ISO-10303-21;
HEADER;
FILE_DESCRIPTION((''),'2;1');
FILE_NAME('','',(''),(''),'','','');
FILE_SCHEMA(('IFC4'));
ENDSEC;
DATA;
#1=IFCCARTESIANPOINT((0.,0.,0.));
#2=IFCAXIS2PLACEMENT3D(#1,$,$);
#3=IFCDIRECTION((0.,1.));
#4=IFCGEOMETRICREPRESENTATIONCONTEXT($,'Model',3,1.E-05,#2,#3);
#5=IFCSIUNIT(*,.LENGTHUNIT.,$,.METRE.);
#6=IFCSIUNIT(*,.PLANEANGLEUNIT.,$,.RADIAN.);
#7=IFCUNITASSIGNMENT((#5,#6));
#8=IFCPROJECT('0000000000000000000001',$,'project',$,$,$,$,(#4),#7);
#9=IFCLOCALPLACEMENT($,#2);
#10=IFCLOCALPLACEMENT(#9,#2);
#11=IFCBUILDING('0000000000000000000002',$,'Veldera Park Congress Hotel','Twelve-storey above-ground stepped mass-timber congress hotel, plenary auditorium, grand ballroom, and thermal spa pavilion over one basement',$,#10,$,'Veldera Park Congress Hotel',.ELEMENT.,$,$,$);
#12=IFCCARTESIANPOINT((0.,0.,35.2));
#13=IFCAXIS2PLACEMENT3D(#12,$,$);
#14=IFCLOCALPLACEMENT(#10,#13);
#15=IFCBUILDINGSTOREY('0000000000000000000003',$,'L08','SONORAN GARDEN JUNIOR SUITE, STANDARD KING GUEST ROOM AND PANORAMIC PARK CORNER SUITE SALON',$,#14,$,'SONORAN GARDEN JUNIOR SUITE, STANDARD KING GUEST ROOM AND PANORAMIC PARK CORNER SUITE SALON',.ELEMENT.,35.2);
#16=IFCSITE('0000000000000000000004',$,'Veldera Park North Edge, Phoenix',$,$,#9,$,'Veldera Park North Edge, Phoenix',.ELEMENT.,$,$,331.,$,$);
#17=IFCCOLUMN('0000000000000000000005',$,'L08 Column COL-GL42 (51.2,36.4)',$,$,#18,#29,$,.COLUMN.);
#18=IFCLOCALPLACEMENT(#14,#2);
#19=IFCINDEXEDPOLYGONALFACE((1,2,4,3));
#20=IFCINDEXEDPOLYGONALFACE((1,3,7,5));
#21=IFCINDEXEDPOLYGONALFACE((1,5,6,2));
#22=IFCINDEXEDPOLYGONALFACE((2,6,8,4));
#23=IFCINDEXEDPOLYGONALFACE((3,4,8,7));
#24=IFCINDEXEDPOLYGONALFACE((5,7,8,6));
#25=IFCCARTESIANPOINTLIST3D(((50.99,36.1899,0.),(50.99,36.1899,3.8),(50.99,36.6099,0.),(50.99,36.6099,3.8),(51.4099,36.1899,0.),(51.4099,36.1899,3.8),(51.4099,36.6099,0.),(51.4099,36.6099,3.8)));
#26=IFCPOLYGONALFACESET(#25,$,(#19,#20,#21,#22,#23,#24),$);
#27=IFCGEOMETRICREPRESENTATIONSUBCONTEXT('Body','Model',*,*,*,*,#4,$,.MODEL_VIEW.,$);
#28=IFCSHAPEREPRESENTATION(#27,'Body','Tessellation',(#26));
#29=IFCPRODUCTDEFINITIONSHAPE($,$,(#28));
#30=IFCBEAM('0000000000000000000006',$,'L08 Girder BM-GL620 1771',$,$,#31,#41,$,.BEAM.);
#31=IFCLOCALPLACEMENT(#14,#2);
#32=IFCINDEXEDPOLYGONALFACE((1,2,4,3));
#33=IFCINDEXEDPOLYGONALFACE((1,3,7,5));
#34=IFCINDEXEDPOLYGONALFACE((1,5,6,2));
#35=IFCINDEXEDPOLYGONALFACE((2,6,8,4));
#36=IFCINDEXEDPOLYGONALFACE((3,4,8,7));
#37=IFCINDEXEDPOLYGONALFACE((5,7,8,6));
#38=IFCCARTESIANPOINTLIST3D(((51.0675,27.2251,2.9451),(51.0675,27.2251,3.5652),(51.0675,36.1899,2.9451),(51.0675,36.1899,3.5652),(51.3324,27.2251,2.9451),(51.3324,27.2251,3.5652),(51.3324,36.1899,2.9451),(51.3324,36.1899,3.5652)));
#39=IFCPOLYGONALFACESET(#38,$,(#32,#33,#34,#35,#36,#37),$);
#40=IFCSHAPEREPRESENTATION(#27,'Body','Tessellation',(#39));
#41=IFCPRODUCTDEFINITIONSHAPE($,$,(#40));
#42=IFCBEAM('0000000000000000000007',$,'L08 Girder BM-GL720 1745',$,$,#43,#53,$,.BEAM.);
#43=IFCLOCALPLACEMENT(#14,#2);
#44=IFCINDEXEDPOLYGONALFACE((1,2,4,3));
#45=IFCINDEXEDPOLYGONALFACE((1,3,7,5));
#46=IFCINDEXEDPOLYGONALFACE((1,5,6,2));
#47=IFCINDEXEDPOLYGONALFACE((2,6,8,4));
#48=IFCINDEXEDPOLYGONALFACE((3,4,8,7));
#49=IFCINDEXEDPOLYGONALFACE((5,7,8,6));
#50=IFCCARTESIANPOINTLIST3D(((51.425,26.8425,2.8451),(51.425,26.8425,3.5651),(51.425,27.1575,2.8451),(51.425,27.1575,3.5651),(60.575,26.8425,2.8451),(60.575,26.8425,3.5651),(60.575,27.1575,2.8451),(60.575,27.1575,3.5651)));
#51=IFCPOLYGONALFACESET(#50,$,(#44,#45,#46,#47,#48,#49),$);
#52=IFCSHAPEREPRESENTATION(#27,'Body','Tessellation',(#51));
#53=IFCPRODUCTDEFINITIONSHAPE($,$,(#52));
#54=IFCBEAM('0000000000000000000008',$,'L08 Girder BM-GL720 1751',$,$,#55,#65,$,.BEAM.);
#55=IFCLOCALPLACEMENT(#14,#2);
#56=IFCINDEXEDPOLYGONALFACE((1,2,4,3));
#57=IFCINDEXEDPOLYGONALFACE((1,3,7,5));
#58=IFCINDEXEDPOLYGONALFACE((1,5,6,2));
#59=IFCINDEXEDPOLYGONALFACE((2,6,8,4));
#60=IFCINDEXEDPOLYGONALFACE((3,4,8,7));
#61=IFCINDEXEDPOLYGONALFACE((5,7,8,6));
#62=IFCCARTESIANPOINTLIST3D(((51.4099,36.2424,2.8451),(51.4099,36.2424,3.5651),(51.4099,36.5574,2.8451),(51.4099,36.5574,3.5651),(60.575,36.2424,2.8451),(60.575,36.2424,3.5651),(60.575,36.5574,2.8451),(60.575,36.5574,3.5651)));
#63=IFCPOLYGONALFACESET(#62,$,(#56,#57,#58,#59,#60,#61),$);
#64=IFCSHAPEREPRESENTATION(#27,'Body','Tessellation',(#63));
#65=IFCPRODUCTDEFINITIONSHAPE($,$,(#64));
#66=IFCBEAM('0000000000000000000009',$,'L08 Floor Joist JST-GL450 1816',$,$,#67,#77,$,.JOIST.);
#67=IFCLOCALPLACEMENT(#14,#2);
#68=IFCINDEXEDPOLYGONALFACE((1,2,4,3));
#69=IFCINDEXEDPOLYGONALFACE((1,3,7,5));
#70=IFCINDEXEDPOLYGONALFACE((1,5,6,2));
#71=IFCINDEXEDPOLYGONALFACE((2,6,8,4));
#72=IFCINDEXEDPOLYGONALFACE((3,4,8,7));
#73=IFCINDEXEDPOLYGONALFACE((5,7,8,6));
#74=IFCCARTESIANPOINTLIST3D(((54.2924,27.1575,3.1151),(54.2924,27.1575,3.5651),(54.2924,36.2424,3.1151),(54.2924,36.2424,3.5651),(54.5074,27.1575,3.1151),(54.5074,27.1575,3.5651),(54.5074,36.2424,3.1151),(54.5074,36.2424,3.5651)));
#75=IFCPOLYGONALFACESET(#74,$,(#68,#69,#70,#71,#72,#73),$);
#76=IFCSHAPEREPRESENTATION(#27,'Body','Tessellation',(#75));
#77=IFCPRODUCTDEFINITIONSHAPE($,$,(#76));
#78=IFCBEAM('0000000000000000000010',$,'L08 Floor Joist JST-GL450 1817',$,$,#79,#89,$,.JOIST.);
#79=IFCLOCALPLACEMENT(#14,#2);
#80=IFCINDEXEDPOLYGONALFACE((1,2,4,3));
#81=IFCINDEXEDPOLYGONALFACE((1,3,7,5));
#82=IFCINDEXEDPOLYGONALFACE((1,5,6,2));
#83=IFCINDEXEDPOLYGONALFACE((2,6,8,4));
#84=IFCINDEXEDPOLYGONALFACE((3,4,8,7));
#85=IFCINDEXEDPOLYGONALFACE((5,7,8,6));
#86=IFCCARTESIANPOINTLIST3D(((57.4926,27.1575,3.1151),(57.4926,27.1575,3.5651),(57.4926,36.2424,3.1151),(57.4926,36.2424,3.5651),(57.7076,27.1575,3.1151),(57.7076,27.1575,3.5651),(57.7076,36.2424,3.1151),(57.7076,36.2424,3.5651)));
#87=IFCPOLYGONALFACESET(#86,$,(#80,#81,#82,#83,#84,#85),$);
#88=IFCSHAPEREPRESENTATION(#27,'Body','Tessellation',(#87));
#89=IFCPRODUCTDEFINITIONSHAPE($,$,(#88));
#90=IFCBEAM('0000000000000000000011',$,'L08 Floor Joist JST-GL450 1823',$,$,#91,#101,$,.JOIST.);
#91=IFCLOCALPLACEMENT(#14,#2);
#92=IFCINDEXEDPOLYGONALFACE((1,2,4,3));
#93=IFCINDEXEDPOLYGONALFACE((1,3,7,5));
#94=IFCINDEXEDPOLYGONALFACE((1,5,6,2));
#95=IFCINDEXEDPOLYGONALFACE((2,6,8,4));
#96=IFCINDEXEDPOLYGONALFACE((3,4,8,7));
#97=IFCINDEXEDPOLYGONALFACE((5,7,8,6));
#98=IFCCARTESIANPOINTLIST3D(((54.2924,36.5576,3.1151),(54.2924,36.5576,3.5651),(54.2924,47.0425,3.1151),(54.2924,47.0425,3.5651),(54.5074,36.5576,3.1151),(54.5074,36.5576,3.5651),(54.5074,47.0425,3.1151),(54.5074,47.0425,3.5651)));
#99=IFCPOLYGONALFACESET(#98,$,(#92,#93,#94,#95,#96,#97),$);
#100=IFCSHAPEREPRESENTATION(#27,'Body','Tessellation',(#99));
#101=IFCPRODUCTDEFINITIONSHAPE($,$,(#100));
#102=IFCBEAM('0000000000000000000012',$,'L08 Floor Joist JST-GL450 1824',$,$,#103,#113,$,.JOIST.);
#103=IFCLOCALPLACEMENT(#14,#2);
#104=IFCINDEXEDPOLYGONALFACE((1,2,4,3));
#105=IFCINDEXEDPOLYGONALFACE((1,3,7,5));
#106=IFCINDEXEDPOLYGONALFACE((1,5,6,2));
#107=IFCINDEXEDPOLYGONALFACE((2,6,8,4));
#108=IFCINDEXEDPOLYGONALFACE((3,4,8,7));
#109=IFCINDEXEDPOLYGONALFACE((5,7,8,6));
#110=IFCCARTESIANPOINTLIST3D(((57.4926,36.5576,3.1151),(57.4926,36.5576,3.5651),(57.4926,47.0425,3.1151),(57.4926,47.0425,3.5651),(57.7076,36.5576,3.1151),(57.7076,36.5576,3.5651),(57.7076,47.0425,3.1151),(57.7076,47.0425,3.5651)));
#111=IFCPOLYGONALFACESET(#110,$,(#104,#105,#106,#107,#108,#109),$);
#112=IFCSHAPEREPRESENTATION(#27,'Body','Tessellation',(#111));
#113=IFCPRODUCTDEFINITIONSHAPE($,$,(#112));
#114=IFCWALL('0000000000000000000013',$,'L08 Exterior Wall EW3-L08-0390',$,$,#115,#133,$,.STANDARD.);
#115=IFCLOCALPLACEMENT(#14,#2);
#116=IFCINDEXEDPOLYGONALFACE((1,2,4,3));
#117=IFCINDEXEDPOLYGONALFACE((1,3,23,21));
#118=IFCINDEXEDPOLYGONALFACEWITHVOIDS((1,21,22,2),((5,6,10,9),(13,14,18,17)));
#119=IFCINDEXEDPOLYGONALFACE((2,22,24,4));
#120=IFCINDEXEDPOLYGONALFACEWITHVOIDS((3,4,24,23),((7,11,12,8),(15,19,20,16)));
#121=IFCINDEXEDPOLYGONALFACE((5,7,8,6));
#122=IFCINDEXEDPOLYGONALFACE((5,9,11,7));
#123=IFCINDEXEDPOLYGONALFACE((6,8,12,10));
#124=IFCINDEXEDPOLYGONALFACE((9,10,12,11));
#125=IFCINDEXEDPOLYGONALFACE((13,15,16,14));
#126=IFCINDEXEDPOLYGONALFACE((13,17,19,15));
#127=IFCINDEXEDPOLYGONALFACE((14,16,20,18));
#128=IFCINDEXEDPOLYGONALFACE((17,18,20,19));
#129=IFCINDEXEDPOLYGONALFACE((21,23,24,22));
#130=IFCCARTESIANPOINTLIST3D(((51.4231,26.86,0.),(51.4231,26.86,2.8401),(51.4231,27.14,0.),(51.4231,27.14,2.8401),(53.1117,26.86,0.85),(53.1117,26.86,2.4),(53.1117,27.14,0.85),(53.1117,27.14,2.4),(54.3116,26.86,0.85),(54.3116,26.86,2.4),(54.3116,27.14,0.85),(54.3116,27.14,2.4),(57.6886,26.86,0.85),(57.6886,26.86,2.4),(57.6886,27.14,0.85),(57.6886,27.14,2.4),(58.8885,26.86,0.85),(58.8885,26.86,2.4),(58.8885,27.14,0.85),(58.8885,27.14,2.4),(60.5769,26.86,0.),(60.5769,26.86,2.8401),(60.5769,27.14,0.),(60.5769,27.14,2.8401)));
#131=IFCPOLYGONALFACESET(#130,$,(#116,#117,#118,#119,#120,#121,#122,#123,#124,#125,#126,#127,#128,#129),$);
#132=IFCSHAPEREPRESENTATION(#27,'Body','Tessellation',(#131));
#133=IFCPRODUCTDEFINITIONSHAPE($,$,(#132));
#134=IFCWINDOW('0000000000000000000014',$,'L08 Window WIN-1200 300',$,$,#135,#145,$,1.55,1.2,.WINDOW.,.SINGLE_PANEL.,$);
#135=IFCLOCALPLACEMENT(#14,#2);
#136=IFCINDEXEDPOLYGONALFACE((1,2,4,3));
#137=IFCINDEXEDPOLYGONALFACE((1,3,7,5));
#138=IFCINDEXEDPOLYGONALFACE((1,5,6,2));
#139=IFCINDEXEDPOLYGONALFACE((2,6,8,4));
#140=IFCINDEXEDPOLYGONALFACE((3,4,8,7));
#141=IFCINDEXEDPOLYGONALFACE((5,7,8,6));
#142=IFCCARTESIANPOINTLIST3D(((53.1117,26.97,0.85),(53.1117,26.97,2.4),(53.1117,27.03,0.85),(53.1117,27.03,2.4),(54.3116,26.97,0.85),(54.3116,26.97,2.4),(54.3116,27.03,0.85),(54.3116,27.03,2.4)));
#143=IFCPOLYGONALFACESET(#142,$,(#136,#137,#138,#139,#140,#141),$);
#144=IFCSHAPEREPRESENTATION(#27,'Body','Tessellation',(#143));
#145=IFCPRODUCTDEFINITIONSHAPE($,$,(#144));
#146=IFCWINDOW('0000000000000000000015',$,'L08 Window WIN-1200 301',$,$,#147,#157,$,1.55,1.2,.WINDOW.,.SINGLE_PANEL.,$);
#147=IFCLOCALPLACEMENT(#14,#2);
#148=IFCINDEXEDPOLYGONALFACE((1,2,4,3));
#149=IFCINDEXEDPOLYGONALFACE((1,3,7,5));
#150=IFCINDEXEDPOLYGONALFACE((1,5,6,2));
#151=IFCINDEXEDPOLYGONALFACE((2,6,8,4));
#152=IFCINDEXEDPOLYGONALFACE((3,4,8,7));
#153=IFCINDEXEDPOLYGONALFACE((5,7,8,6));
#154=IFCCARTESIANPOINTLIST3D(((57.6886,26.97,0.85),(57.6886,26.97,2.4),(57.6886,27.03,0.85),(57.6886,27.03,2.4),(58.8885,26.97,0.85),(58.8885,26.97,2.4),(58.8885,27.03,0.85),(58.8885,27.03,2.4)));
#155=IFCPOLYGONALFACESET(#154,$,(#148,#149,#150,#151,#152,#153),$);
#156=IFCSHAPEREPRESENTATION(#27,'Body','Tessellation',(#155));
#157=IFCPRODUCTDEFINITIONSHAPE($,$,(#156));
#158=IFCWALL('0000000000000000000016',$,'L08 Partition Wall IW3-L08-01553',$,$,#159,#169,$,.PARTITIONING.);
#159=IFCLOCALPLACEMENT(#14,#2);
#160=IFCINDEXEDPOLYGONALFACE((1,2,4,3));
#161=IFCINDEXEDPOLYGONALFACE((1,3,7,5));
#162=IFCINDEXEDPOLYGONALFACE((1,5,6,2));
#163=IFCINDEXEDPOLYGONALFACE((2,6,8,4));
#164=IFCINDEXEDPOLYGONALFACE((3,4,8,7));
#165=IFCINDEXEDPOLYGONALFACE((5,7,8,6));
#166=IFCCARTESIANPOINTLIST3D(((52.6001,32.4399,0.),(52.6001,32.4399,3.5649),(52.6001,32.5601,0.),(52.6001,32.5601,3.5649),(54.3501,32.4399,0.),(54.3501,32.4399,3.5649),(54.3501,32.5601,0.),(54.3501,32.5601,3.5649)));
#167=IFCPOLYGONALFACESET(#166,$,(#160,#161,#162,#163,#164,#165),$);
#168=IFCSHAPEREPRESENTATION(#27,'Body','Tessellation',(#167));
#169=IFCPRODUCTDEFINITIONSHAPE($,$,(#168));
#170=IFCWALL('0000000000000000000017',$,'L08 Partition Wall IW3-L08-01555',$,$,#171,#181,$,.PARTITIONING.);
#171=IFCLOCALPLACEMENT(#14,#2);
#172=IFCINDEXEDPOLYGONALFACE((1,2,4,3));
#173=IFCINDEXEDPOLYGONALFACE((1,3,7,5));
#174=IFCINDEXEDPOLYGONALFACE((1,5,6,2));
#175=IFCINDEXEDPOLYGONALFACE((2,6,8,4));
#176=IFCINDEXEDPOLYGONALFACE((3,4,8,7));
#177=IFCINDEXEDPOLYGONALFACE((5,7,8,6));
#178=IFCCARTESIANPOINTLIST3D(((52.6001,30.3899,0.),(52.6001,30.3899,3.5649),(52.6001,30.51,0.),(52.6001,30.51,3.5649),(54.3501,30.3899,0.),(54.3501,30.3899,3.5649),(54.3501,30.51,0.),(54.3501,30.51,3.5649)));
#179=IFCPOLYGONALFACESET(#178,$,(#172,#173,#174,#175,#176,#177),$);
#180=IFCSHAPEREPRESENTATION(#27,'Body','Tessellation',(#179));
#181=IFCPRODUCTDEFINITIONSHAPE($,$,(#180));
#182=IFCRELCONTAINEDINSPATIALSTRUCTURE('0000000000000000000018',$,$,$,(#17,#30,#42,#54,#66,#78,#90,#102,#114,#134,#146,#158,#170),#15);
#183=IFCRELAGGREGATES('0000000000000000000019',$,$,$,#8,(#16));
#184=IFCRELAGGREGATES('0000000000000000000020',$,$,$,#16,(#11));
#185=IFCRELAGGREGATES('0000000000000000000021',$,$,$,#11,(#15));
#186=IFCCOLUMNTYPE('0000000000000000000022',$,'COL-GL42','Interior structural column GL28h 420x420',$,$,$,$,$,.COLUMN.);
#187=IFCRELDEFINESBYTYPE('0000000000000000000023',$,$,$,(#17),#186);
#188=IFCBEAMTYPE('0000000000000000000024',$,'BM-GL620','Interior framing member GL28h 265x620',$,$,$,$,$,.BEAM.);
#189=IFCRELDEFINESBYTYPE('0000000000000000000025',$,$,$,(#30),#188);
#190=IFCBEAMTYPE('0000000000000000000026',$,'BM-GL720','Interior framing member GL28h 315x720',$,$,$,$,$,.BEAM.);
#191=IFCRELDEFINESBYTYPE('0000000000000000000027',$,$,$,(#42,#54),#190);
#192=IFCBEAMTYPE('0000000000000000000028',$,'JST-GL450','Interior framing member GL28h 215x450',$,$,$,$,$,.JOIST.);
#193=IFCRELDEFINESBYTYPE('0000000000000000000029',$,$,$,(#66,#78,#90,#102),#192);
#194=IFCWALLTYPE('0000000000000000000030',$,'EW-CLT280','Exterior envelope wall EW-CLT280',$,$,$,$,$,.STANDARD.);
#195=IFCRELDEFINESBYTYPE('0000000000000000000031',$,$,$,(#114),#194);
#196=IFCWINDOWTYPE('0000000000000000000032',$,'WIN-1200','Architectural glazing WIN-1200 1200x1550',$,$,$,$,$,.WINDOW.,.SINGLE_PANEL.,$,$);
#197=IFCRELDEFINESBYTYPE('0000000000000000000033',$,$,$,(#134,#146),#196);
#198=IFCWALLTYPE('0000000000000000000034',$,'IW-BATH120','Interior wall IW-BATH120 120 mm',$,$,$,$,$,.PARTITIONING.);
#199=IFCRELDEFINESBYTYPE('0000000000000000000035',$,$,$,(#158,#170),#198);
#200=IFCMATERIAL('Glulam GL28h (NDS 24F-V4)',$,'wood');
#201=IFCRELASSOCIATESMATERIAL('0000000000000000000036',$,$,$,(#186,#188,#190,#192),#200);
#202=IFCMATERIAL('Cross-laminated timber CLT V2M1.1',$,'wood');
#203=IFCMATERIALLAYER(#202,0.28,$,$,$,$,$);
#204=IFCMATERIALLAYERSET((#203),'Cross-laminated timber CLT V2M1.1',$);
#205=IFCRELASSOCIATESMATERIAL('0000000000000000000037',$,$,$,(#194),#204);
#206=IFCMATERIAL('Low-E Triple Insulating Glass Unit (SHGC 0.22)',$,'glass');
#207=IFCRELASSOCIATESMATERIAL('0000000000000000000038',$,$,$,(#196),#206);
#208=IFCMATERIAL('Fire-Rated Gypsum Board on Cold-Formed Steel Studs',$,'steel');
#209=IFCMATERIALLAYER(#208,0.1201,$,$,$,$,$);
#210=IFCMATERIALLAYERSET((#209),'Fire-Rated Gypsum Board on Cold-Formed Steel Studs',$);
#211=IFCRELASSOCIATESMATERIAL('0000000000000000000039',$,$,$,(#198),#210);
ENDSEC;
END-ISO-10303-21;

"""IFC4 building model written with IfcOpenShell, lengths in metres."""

from ifc_helpers import new_model, si_unit, direction, frame, frame_2d, origin, origin_2d, place, context, subcontext, project, spatial, rectangle, extrude, material, layer, layer_set, material_profile, profile_set, type_object, element, fill, save


model = new_model("IFC4")

# Units and contexts
model_context = context("Model", 3, precision=1e-05, world=origin(), true_north=direction((0.0, 1.0)))
body_context = subcontext(model_context, "Body", "Model", "MODEL_VIEW")
ifc_project = project(units=[si_unit("LENGTHUNIT", "METRE"), si_unit("PLANEANGLEUNIT", "RADIAN")], contexts=[model_context])

# Site, building, storey
site_placement = place(None, origin())
site = spatial("IfcSite", under=ifc_project, at=site_placement, Name="Veldera Park North Edge, Phoenix", LongName="Veldera Park North Edge, Phoenix", CompositionType="ELEMENT", RefElevation=331.0)
building_placement = place(site_placement, origin())
building = spatial("IfcBuilding", under=site, at=building_placement, Name="Veldera Park Congress Hotel", Description="Twelve-storey above-ground stepped mass-timber congress hotel, plenary auditorium, grand ballroom, and thermal spa pavilion over one basement", LongName="Veldera Park Congress Hotel", CompositionType="ELEMENT")
storey_placement = place(building_placement, frame((0.0, 0.0, 35.2)))
storey = spatial("IfcBuildingStorey", under=building, at=storey_placement, Name="L08", Description="SONORAN GARDEN JUNIOR SUITE, STANDARD KING GUEST ROOM AND PANORAMIC PARK CORNER SUITE SALON", LongName="SONORAN GARDEN JUNIOR SUITE, STANDARD KING GUEST ROOM AND PANORAMIC PARK CORNER SUITE SALON", CompositionType="ELEMENT", Elevation=35.2)

# Column
ifc_material_1 = material(Name="Glulam GL28h (NDS 24F-V4)", Category="wood")
ifc_material_profile_1 = material_profile(ifc_material_1, rectangle(XDim=0.4199, YDim=0.4199, at=origin_2d()), Name="GL28h 420x420")
ifc_profile_set_1 = profile_set([ifc_material_profile_1], Name="Glulam GL28h (NDS 24F-V4)")
column_type = type_object("IfcColumnType", Name="COL-GL42", Description="Interior structural column GL28h 420x420", PredefinedType="COLUMN", material=ifc_profile_set_1)
column_placement = place(storey_placement, frame((51.2, 36.3999, 0.0), z_axis=(0.0, 0.0, 1.0), x_axis=(1.0, 0.0, 0.0)))
element("IfcColumn", 1, at=column_placement, inside=storey, type_object=column_type, Name="L08 Column COL-GL42 (51.2,36.4)", PredefinedType="COLUMN", context=body_context, shape_type="SweptSolid", body=[
    extrude(rectangle(XDim=0.4199, YDim=0.4199, at=origin_2d()), origin(), (0.0, 0.0, 1.0), 3.8),
])

# Beams
ifc_material_profile_2 = material_profile(ifc_material_1, rectangle(XDim=0.2649, YDim=0.6201, at=origin_2d()), Name="GL28h 265x620")
ifc_profile_set_2 = profile_set([ifc_material_profile_2], Name="Glulam GL28h (NDS 24F-V4)")
beam_type_1 = type_object("IfcBeamType", Name="BM-GL620", Description="Interior framing member GL28h 265x620", PredefinedType="BEAM", material=ifc_profile_set_2)
beam_1_placement = place(storey_placement, frame((51.2, 27.2251, 3.2551), z_axis=(0.0, 1.0, 0.0), x_axis=(-1.0, 0.0, 0.0)))
element("IfcBeam", 2, at=beam_1_placement, inside=storey, type_object=beam_type_1, Name="L08 Girder BM-GL620 1771", PredefinedType="BEAM", context=body_context, shape_type="SweptSolid", body=[
    extrude(rectangle(XDim=0.2649, YDim=0.6201, at=origin_2d()), origin(), (0.0, 0.0, 1.0), 8.9648),
])
ifc_material_profile_3 = material_profile(ifc_material_1, rectangle(XDim=0.3149, YDim=0.72, at=origin_2d()), Name="GL28h 315x720")
ifc_profile_set_3 = profile_set([ifc_material_profile_3], Name="Glulam GL28h (NDS 24F-V4)")
beam_type_2 = type_object("IfcBeamType", Name="BM-GL720", Description="Interior framing member GL28h 315x720", PredefinedType="BEAM", material=ifc_profile_set_3)
beam_2_placement = place(storey_placement, frame((51.425, 27.0, 3.2051), z_axis=(1.0, 0.0, 0.0), x_axis=(0.0, 1.0, 0.0)))
element("IfcBeam", 3, at=beam_2_placement, inside=storey, type_object=beam_type_2, Name="L08 Girder BM-GL720 1745", PredefinedType="BEAM", context=body_context, shape_type="SweptSolid", body=[
    extrude(rectangle(XDim=0.3149, YDim=0.72, at=origin_2d()), origin(), (0.0, 0.0, 1.0), 9.1499),
])
beam_3_placement = place(storey_placement, frame((51.4099, 36.3999, 3.2051), z_axis=(1.0, 0.0, 0.0), x_axis=(0.0, 1.0, 0.0)))
element("IfcBeam", 4, at=beam_3_placement, inside=storey, type_object=beam_type_2, Name="L08 Girder BM-GL720 1751", PredefinedType="BEAM", context=body_context, shape_type="SweptSolid", body=[
    extrude(rectangle(XDim=0.3149, YDim=0.72, at=origin_2d()), origin(), (0.0, 0.0, 1.0), 9.165),
])
ifc_material_profile_4 = material_profile(ifc_material_1, rectangle(XDim=0.2151, YDim=0.45, at=origin_2d()), Name="GL28h 215x450")
ifc_profile_set_4 = profile_set([ifc_material_profile_4], Name="Glulam GL28h (NDS 24F-V4)")
beam_type_3 = type_object("IfcBeamType", Name="JST-GL450", Description="Interior framing member GL28h 215x450", PredefinedType="JOIST", material=ifc_profile_set_4)
for number, where, z_axis, x_axis, name in (
    (5, (54.3999, 27.1575, 3.3401), (0.0, 1.0, 0.0), (-1.0, 0.0, 0.0), "L08 Floor Joist JST-GL450 1816"),
    (6, (57.6001, 27.1575, 3.3401), (0.0, 1.0, 0.0), (-1.0, 0.0, 0.0), "L08 Floor Joist JST-GL450 1817"),
):
    element("IfcBeam", number, at=place(storey_placement, frame(where, z_axis=z_axis, x_axis=x_axis)), inside=storey, type_object=beam_type_3, Name=name, PredefinedType="JOIST", context=body_context, shape_type="SweptSolid", body=[
        extrude(rectangle(XDim=0.2151, YDim=0.45, at=origin_2d()), origin(), (0.0, 0.0, 1.0), 9.085),
    ])
for number, where, z_axis, x_axis, name in (
    (7, (54.3999, 36.5576, 3.3401), (0.0, 1.0, 0.0), (-1.0, 0.0, 0.0), "L08 Floor Joist JST-GL450 1823"),
    (8, (57.6001, 36.5576, 3.3401), (0.0, 1.0, 0.0), (-1.0, 0.0, 0.0), "L08 Floor Joist JST-GL450 1824"),
):
    element("IfcBeam", number, at=place(storey_placement, frame(where, z_axis=z_axis, x_axis=x_axis)), inside=storey, type_object=beam_type_3, Name=name, PredefinedType="JOIST", context=body_context, shape_type="SweptSolid", body=[
        extrude(rectangle(XDim=0.2151, YDim=0.45, at=origin_2d()), origin(), (0.0, 0.0, 1.0), 10.4849),
    ])

# Wall, openings, windows
ifc_material_2 = material(Name="Cross-laminated timber CLT V2M1.1", Category="wood")
ifc_layer_1 = layer(ifc_material_2, 0.28)
ifc_layer_set_1 = layer_set([ifc_layer_1], Name="Cross-laminated timber CLT V2M1.1")
wall_type_1 = type_object("IfcWallType", Name="EW-CLT280", Description="Exterior envelope wall EW-CLT280", PredefinedType="STANDARD", material=ifc_layer_set_1)
wall_1_placement = place(storey_placement, frame((51.4231, 27.0, 0.0), z_axis=(0.0, 0.0, 1.0), x_axis=(1.0, 0.0, 0.0)))
wall_1 = element("IfcWall", 9, at=wall_1_placement, inside=storey, type_object=wall_type_1, Name="L08 Exterior Wall EW3-L08-0390", PredefinedType="STANDARD", context=body_context, shape_type="SweptSolid", body=[
    extrude(rectangle(XDim=9.1538, YDim=0.28, at=frame_2d((4.5769, 0.0))), origin(), (0.0, 0.0, 1.0), 2.8401),
])
opening_1_placement = place(wall_1_placement, frame((1.6885, 0.0, 0.8501)))
opening_1 = element("IfcOpeningElement", 10, at=opening_1_placement, cuts=wall_1, PredefinedType="OPENING", context=body_context, shape_type="SweptSolid", body=[
    extrude(rectangle(XDim=1.2, YDim=1.55, at=frame_2d((0.6001, 0.7749))), frame((0.0, 0.1521, 0.0), z_axis=(0.0, -1.0, 0.0), x_axis=(1.0, 0.0, 0.0)), (0.0, 0.0, 1.0), 0.304),
])
opening_2_placement = place(wall_1_placement, frame((6.2654, 0.0, 0.8501)))
opening_2 = element("IfcOpeningElement", 11, at=opening_2_placement, cuts=wall_1, PredefinedType="OPENING", context=body_context, shape_type="SweptSolid", body=[
    extrude(rectangle(XDim=1.2, YDim=1.55, at=frame_2d((0.6001, 0.7749))), frame((0.0, 0.1521, 0.0), z_axis=(0.0, -1.0, 0.0), x_axis=(1.0, 0.0, 0.0)), (0.0, 0.0, 1.0), 0.304),
])
ifc_material_3 = material(Name="Low-E Triple Insulating Glass Unit (SHGC 0.22)", Category="glass")
window_type = type_object("IfcWindowType", Name="WIN-1200", Description="Architectural glazing WIN-1200 1200x1550", PartitioningType="SINGLE_PANEL", PredefinedType="WINDOW", material=ifc_material_3)
window_1_placement = place(opening_1_placement, origin())
window_1 = element("IfcWindow", 12, at=window_1_placement, inside=storey, type_object=window_type, Name="L08 Window WIN-1200 300", OverallHeight=1.55, OverallWidth=1.2, PartitioningType="SINGLE_PANEL", PredefinedType="WINDOW", context=body_context, shape_type="SweptSolid", body=[
    extrude(rectangle(XDim=1.2, YDim=1.55, at=frame_2d((0.6001, 0.7749))), frame((0.0, 0.03, 0.0), z_axis=(0.0, -1.0, 0.0), x_axis=(1.0, 0.0, 0.0)), (0.0, 0.0, 1.0), 0.0601),
])
fill(opening_1, window_1)
window_2_placement = place(opening_2_placement, origin())
window_2 = element("IfcWindow", 13, at=window_2_placement, inside=storey, type_object=window_type, Name="L08 Window WIN-1200 301", OverallHeight=1.55, OverallWidth=1.2, PartitioningType="SINGLE_PANEL", PredefinedType="WINDOW", context=body_context, shape_type="SweptSolid", body=[
    extrude(rectangle(XDim=1.2, YDim=1.55, at=frame_2d((0.6001, 0.7749))), frame((0.0, 0.03, 0.0), z_axis=(0.0, -1.0, 0.0), x_axis=(1.0, 0.0, 0.0)), (0.0, 0.0, 1.0), 0.0601),
])
fill(opening_2, window_2)

# Wall
ifc_material_4 = material(Name="Fire-Rated Gypsum Board on Cold-Formed Steel Studs", Category="steel")
ifc_layer_2 = layer(ifc_material_4, 0.1201)
ifc_layer_set_2 = layer_set([ifc_layer_2], Name="Fire-Rated Gypsum Board on Cold-Formed Steel Studs")
wall_type_2 = type_object("IfcWallType", Name="IW-BATH120", Description="Interior wall IW-BATH120 120 mm", PredefinedType="PARTITIONING", material=ifc_layer_set_2)
wall_2_placement = place(storey_placement, frame((52.6001, 32.5, 0.0), z_axis=(0.0, 0.0, 1.0), x_axis=(1.0, 0.0, 0.0)))
element("IfcWall", 14, at=wall_2_placement, inside=storey, type_object=wall_type_2, Name="L08 Partition Wall IW3-L08-01553", PredefinedType="PARTITIONING", context=body_context, shape_type="SweptSolid", body=[
    extrude(rectangle(XDim=1.75, YDim=0.1201, at=frame_2d((0.875, 0.0))), origin(), (0.0, 0.0, 1.0), 3.5649),
])

# Wall
for number, where, z_axis, x_axis, name in (
    (15, (52.6001, 30.45, 0.0), (0.0, 0.0, 1.0), (1.0, 0.0, 0.0), "L08 Partition Wall IW3-L08-01555"),
):
    element("IfcWall", number, at=place(storey_placement, frame(where, z_axis=z_axis, x_axis=x_axis)), inside=storey, type_object=wall_type_2, Name=name, PredefinedType="PARTITIONING", context=body_context, shape_type="SweptSolid", body=[
        extrude(rectangle(XDim=1.75, YDim=0.1201, at=frame_2d((0.875, 0.0))), origin(), (0.0, 0.0, 1.0), 3.5649),
    ])

save(model, "model.ifc")
